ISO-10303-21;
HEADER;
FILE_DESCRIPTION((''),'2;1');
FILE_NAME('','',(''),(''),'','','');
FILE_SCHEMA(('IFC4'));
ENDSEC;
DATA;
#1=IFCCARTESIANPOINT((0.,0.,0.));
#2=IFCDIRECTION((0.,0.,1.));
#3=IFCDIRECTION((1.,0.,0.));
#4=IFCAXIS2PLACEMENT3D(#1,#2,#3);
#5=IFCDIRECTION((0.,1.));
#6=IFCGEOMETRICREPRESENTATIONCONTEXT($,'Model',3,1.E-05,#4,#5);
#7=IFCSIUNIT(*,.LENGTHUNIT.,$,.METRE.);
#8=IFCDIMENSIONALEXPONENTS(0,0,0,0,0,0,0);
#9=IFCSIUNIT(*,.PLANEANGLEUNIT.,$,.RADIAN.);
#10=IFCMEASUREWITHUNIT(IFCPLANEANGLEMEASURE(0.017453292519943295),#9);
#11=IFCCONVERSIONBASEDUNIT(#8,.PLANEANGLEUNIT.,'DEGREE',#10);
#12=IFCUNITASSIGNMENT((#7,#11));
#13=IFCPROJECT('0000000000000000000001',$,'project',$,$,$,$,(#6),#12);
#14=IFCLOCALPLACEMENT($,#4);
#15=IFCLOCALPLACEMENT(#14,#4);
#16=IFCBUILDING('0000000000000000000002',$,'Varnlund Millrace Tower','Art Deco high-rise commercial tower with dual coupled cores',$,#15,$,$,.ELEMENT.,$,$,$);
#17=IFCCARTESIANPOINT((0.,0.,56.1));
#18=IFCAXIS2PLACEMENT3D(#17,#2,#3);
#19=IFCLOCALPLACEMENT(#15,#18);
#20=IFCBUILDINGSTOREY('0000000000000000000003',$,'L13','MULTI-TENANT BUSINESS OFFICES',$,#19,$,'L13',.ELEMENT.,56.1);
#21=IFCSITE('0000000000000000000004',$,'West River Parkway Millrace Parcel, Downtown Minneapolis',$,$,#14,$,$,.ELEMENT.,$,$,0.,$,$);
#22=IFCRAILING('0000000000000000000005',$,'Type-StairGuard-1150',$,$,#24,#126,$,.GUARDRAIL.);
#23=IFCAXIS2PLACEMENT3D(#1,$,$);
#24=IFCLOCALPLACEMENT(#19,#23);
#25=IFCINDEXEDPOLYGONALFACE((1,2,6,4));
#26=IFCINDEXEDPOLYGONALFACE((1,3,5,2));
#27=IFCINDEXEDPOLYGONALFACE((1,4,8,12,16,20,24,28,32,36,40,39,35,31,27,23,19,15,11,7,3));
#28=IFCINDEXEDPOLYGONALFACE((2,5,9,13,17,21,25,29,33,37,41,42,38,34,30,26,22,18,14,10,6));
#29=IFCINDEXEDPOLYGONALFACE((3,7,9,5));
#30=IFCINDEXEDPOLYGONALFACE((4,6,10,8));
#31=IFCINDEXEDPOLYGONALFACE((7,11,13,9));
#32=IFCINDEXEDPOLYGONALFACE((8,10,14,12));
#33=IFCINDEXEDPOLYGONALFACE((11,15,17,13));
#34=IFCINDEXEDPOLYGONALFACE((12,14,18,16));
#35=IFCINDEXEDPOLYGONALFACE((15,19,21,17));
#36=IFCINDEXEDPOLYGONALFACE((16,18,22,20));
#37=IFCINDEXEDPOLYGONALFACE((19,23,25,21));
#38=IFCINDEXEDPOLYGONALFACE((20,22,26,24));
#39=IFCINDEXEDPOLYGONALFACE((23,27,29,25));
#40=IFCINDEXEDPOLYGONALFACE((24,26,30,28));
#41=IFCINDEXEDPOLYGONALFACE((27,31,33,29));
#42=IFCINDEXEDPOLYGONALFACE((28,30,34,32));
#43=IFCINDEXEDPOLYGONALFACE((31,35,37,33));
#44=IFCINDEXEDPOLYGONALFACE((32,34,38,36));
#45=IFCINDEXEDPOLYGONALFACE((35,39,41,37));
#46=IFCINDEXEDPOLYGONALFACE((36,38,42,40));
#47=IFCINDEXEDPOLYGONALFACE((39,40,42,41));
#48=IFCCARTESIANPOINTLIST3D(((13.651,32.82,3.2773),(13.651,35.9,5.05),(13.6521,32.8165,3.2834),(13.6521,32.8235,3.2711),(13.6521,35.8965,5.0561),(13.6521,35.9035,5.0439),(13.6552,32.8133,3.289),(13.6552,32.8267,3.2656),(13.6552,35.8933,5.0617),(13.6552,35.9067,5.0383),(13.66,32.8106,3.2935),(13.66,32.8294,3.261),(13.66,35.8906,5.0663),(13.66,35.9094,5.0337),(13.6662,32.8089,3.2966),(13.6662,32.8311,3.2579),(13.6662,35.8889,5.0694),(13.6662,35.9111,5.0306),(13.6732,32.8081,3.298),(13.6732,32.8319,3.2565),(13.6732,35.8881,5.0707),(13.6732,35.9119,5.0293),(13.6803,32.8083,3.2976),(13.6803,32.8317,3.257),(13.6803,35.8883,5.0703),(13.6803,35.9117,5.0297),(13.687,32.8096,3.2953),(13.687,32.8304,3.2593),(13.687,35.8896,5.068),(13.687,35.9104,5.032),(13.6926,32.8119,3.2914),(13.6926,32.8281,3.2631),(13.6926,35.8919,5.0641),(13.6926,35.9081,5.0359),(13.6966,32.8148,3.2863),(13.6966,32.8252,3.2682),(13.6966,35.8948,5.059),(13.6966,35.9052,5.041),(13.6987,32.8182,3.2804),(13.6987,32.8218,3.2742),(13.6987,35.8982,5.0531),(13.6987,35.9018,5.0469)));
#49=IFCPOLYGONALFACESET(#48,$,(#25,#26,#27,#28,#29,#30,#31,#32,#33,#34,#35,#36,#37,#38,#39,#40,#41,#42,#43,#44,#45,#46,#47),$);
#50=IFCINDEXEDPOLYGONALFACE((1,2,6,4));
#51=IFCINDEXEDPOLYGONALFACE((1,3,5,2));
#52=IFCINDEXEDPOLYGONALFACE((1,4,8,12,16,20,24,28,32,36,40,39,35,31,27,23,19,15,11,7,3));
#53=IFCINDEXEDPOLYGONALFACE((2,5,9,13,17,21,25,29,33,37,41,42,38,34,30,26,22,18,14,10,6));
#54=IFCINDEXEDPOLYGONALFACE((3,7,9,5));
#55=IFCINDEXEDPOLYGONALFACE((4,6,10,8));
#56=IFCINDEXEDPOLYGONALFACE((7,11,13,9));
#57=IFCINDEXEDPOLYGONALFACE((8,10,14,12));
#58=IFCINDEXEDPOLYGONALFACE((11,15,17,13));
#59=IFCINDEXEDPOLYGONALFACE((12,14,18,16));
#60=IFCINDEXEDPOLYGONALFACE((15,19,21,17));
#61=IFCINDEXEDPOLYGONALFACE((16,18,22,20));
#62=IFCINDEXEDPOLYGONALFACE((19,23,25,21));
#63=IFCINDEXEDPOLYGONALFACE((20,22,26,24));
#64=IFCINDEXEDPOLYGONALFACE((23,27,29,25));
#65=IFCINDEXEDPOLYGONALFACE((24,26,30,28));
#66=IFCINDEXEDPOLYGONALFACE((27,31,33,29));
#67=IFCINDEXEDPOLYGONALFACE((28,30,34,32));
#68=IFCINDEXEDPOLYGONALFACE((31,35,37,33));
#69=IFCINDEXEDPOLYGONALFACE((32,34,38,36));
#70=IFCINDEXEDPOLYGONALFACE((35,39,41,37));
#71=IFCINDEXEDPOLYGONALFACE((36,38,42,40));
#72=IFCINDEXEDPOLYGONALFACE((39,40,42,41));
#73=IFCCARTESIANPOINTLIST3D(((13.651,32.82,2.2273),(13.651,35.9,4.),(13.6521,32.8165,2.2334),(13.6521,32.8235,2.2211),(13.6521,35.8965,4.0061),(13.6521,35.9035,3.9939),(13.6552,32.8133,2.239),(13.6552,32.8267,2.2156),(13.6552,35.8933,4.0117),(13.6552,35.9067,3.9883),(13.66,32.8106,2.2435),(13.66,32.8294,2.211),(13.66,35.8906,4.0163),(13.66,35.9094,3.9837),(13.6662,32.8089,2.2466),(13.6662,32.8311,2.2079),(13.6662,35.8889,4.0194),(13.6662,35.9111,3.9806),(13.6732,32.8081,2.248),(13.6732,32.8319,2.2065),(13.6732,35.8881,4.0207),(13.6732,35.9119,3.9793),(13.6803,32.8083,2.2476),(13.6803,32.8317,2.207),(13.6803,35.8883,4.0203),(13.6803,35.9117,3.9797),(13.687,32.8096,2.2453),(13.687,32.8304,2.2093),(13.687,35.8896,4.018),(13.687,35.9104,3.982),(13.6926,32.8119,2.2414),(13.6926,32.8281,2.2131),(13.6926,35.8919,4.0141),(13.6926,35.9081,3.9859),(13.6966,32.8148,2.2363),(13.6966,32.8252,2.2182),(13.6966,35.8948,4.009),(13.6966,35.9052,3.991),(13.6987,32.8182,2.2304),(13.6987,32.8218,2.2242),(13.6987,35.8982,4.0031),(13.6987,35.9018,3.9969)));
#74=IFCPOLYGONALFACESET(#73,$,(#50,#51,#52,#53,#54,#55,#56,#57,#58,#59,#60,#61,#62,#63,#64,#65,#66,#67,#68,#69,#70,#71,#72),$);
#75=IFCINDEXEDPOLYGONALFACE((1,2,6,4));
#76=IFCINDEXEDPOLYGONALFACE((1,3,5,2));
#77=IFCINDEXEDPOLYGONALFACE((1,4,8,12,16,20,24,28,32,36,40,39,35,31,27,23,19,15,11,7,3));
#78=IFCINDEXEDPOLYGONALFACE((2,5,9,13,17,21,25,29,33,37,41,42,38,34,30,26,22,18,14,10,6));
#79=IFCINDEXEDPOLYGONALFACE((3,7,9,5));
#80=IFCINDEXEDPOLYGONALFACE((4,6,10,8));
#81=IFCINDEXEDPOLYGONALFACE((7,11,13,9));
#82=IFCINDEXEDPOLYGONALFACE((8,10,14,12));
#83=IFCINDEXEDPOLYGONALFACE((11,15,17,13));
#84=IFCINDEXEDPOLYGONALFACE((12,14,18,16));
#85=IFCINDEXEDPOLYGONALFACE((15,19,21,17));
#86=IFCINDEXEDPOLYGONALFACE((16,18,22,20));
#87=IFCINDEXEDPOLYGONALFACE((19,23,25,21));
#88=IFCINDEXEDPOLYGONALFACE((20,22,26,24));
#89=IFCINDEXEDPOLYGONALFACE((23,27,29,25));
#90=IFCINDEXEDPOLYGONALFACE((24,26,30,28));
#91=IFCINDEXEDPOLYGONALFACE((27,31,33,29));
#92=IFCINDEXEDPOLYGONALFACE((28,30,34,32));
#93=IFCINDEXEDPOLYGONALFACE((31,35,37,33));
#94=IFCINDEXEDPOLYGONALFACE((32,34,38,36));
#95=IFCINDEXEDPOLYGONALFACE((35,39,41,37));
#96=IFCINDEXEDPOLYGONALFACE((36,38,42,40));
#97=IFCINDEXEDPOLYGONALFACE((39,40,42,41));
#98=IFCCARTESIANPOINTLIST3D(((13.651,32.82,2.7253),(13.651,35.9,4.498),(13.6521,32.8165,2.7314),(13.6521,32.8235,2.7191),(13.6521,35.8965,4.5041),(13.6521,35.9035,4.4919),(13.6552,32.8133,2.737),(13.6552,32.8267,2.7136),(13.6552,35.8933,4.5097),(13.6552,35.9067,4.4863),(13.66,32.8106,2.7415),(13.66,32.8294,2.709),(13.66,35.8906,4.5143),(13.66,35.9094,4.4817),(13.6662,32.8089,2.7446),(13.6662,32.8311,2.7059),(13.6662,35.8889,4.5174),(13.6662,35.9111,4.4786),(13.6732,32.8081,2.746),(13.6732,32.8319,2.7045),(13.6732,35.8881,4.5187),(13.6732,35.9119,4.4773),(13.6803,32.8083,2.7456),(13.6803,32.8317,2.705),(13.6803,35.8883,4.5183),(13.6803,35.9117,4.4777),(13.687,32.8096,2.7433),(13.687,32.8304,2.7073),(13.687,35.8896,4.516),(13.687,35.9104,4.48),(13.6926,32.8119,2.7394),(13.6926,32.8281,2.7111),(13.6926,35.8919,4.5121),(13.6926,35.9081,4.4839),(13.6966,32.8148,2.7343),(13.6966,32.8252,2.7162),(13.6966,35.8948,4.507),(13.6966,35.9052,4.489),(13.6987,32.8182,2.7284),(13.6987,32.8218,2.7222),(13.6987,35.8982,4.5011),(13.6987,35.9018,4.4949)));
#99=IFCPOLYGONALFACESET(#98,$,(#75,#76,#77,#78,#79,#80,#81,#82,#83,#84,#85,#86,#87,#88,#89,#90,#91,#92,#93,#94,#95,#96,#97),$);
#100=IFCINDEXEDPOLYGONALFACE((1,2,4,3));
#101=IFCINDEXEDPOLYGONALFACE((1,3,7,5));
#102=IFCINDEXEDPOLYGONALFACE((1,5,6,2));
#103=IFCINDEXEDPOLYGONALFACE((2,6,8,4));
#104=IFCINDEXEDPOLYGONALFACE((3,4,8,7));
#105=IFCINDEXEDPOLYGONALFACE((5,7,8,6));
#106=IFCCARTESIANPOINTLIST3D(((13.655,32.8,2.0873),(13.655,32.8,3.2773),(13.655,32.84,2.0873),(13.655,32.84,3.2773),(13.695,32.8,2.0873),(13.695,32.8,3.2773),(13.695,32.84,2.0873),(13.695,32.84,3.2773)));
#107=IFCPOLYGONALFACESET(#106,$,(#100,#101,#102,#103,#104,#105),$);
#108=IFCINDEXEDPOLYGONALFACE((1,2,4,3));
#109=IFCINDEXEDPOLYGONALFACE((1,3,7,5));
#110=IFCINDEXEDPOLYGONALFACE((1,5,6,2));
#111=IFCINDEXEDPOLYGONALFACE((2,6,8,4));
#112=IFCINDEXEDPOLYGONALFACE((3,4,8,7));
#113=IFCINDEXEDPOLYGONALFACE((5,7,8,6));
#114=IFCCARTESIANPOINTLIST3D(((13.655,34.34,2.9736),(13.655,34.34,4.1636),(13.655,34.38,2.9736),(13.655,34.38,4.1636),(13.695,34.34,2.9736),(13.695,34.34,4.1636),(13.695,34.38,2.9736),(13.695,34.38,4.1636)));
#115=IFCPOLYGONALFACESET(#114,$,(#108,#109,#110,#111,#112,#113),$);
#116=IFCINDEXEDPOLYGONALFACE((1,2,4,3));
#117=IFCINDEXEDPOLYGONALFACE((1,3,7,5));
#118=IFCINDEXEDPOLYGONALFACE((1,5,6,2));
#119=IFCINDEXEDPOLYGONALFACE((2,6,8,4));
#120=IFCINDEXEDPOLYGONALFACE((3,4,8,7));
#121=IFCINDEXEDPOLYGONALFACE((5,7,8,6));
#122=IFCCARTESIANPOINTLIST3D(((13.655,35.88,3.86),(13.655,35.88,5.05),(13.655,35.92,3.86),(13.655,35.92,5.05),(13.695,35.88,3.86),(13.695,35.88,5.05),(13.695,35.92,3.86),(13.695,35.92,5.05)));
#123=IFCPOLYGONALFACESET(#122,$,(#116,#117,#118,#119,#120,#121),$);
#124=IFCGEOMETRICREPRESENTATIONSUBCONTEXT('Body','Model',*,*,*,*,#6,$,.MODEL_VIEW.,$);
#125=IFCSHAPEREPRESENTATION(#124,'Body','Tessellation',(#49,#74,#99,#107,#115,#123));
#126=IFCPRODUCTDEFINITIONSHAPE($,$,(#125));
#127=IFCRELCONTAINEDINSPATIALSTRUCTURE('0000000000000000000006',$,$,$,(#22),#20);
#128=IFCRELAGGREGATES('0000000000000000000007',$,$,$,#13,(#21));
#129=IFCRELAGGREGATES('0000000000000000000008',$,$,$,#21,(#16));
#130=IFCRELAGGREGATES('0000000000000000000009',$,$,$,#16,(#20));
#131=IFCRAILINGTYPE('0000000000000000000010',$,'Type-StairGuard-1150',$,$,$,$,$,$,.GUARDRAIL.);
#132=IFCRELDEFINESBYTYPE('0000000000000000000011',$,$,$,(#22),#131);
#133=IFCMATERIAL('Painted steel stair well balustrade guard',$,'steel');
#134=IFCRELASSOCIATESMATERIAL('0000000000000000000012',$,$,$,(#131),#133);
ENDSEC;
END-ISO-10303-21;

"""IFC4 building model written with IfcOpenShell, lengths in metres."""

from ifc_helpers import new_model, entity, si_unit, converted_unit, direction, frame, origin_with_axes, origin_2d_with_axis, place, context, subcontext, project, spatial, rectangle, circle, extrude, material, type_object, element, save


model = new_model("IFC4")

# Units and contexts
model_context = context("Model", 3, precision=1e-05, world=origin_with_axes(), true_north=direction((0.0, 1.0)))
body_context = subcontext(model_context, "Body", "Model", "MODEL_VIEW")
ifc_project = project(units=[si_unit("LENGTHUNIT", "METRE"), converted_unit("PLANEANGLEUNIT", "DEGREE", entity("IfcPlaneAngleMeasure", 0.017453292519943295), si_unit("PLANEANGLEUNIT", "RADIAN"), dimensions=[0, 0, 0, 0, 0, 0, 0])], contexts=[model_context])

# Site, building, storey
site_placement = place(None, origin_with_axes())
site = spatial("IfcSite", under=ifc_project, at=site_placement, Name="West River Parkway Millrace Parcel, Downtown Minneapolis", CompositionType="ELEMENT", RefElevation=0.0)
building_placement = place(site_placement, origin_with_axes())
building = spatial("IfcBuilding", under=site, at=building_placement, Name="Varnlund Millrace Tower", Description="Art Deco high-rise commercial tower with dual coupled cores", CompositionType="ELEMENT")
storey_placement = place(building_placement, frame((0.0, 0.0, 56.1), z_axis=(0.0, 0.0, 1.0), x_axis=(1.0, 0.0, 0.0)))
storey = spatial("IfcBuildingStorey", under=building, at=storey_placement, Name="L13", Description="MULTI-TENANT BUSINESS OFFICES", LongName="L13", CompositionType="ELEMENT", Elevation=56.1)

# Railing
ifc_material_1 = material(Name="Painted steel stair well balustrade guard", Category="steel")
railing_type_1 = type_object("IfcRailingType", Name="Type-StairGuard-1150", PredefinedType="GUARDRAIL", material=ifc_material_1)
railing_1_placement = place(storey_placement, frame((0.0, 0.0, -56.1), z_axis=(0.0, 0.0, 1.0), x_axis=(1.0, 0.0, 0.0)))
element("IfcRailing", 1, at=railing_1_placement, inside=storey, type_object=railing_type_1, Name="Type-StairGuard-1150", PredefinedType="GUARDRAIL", context=body_context, shape_type="SweptSolid", body=[
    extrude(circle(Radius=0.024, at=origin_2d_with_axis()), frame((13.675, 32.82, 59.3773), z_axis=(0.0, 0.866696, 0.498836), x_axis=(-1.0, 0.0, 0.0)), (0.0, 0.0, 1.0), 3.5537),
    extrude(circle(Radius=0.024, at=origin_2d_with_axis()), frame((13.675, 32.82, 58.3273), z_axis=(0.0, 0.866696, 0.498836), x_axis=(-1.0, 0.0, 0.0)), (0.0, 0.0, 1.0), 3.5537),
    extrude(circle(Radius=0.024, at=origin_2d_with_axis()), frame((13.675, 32.82, 58.8253), z_axis=(0.0, 0.866696, 0.498836), x_axis=(-1.0, 0.0, 0.0)), (0.0, 0.0, 1.0), 3.5537),
    extrude(rectangle(XDim=0.04, YDim=0.04, at=origin_2d_with_axis()), frame((13.675, 32.82, 58.1873), z_axis=(0.0, 0.0, 1.0), x_axis=(1.0, 0.0, 0.0)), (0.0, 0.0, 1.0), 1.19),
    extrude(rectangle(XDim=0.04, YDim=0.04, at=origin_2d_with_axis()), frame((13.675, 34.36, 59.0736), z_axis=(0.0, 0.0, 1.0), x_axis=(1.0, 0.0, 0.0)), (0.0, 0.0, 1.0), 1.19),
    extrude(rectangle(XDim=0.04, YDim=0.04, at=origin_2d_with_axis()), frame((13.675, 35.9, 59.96), z_axis=(0.0, 0.0, 1.0), x_axis=(1.0, 0.0, 0.0)), (0.0, 0.0, 1.0), 1.19),
])

save(model, "model.ifc")
